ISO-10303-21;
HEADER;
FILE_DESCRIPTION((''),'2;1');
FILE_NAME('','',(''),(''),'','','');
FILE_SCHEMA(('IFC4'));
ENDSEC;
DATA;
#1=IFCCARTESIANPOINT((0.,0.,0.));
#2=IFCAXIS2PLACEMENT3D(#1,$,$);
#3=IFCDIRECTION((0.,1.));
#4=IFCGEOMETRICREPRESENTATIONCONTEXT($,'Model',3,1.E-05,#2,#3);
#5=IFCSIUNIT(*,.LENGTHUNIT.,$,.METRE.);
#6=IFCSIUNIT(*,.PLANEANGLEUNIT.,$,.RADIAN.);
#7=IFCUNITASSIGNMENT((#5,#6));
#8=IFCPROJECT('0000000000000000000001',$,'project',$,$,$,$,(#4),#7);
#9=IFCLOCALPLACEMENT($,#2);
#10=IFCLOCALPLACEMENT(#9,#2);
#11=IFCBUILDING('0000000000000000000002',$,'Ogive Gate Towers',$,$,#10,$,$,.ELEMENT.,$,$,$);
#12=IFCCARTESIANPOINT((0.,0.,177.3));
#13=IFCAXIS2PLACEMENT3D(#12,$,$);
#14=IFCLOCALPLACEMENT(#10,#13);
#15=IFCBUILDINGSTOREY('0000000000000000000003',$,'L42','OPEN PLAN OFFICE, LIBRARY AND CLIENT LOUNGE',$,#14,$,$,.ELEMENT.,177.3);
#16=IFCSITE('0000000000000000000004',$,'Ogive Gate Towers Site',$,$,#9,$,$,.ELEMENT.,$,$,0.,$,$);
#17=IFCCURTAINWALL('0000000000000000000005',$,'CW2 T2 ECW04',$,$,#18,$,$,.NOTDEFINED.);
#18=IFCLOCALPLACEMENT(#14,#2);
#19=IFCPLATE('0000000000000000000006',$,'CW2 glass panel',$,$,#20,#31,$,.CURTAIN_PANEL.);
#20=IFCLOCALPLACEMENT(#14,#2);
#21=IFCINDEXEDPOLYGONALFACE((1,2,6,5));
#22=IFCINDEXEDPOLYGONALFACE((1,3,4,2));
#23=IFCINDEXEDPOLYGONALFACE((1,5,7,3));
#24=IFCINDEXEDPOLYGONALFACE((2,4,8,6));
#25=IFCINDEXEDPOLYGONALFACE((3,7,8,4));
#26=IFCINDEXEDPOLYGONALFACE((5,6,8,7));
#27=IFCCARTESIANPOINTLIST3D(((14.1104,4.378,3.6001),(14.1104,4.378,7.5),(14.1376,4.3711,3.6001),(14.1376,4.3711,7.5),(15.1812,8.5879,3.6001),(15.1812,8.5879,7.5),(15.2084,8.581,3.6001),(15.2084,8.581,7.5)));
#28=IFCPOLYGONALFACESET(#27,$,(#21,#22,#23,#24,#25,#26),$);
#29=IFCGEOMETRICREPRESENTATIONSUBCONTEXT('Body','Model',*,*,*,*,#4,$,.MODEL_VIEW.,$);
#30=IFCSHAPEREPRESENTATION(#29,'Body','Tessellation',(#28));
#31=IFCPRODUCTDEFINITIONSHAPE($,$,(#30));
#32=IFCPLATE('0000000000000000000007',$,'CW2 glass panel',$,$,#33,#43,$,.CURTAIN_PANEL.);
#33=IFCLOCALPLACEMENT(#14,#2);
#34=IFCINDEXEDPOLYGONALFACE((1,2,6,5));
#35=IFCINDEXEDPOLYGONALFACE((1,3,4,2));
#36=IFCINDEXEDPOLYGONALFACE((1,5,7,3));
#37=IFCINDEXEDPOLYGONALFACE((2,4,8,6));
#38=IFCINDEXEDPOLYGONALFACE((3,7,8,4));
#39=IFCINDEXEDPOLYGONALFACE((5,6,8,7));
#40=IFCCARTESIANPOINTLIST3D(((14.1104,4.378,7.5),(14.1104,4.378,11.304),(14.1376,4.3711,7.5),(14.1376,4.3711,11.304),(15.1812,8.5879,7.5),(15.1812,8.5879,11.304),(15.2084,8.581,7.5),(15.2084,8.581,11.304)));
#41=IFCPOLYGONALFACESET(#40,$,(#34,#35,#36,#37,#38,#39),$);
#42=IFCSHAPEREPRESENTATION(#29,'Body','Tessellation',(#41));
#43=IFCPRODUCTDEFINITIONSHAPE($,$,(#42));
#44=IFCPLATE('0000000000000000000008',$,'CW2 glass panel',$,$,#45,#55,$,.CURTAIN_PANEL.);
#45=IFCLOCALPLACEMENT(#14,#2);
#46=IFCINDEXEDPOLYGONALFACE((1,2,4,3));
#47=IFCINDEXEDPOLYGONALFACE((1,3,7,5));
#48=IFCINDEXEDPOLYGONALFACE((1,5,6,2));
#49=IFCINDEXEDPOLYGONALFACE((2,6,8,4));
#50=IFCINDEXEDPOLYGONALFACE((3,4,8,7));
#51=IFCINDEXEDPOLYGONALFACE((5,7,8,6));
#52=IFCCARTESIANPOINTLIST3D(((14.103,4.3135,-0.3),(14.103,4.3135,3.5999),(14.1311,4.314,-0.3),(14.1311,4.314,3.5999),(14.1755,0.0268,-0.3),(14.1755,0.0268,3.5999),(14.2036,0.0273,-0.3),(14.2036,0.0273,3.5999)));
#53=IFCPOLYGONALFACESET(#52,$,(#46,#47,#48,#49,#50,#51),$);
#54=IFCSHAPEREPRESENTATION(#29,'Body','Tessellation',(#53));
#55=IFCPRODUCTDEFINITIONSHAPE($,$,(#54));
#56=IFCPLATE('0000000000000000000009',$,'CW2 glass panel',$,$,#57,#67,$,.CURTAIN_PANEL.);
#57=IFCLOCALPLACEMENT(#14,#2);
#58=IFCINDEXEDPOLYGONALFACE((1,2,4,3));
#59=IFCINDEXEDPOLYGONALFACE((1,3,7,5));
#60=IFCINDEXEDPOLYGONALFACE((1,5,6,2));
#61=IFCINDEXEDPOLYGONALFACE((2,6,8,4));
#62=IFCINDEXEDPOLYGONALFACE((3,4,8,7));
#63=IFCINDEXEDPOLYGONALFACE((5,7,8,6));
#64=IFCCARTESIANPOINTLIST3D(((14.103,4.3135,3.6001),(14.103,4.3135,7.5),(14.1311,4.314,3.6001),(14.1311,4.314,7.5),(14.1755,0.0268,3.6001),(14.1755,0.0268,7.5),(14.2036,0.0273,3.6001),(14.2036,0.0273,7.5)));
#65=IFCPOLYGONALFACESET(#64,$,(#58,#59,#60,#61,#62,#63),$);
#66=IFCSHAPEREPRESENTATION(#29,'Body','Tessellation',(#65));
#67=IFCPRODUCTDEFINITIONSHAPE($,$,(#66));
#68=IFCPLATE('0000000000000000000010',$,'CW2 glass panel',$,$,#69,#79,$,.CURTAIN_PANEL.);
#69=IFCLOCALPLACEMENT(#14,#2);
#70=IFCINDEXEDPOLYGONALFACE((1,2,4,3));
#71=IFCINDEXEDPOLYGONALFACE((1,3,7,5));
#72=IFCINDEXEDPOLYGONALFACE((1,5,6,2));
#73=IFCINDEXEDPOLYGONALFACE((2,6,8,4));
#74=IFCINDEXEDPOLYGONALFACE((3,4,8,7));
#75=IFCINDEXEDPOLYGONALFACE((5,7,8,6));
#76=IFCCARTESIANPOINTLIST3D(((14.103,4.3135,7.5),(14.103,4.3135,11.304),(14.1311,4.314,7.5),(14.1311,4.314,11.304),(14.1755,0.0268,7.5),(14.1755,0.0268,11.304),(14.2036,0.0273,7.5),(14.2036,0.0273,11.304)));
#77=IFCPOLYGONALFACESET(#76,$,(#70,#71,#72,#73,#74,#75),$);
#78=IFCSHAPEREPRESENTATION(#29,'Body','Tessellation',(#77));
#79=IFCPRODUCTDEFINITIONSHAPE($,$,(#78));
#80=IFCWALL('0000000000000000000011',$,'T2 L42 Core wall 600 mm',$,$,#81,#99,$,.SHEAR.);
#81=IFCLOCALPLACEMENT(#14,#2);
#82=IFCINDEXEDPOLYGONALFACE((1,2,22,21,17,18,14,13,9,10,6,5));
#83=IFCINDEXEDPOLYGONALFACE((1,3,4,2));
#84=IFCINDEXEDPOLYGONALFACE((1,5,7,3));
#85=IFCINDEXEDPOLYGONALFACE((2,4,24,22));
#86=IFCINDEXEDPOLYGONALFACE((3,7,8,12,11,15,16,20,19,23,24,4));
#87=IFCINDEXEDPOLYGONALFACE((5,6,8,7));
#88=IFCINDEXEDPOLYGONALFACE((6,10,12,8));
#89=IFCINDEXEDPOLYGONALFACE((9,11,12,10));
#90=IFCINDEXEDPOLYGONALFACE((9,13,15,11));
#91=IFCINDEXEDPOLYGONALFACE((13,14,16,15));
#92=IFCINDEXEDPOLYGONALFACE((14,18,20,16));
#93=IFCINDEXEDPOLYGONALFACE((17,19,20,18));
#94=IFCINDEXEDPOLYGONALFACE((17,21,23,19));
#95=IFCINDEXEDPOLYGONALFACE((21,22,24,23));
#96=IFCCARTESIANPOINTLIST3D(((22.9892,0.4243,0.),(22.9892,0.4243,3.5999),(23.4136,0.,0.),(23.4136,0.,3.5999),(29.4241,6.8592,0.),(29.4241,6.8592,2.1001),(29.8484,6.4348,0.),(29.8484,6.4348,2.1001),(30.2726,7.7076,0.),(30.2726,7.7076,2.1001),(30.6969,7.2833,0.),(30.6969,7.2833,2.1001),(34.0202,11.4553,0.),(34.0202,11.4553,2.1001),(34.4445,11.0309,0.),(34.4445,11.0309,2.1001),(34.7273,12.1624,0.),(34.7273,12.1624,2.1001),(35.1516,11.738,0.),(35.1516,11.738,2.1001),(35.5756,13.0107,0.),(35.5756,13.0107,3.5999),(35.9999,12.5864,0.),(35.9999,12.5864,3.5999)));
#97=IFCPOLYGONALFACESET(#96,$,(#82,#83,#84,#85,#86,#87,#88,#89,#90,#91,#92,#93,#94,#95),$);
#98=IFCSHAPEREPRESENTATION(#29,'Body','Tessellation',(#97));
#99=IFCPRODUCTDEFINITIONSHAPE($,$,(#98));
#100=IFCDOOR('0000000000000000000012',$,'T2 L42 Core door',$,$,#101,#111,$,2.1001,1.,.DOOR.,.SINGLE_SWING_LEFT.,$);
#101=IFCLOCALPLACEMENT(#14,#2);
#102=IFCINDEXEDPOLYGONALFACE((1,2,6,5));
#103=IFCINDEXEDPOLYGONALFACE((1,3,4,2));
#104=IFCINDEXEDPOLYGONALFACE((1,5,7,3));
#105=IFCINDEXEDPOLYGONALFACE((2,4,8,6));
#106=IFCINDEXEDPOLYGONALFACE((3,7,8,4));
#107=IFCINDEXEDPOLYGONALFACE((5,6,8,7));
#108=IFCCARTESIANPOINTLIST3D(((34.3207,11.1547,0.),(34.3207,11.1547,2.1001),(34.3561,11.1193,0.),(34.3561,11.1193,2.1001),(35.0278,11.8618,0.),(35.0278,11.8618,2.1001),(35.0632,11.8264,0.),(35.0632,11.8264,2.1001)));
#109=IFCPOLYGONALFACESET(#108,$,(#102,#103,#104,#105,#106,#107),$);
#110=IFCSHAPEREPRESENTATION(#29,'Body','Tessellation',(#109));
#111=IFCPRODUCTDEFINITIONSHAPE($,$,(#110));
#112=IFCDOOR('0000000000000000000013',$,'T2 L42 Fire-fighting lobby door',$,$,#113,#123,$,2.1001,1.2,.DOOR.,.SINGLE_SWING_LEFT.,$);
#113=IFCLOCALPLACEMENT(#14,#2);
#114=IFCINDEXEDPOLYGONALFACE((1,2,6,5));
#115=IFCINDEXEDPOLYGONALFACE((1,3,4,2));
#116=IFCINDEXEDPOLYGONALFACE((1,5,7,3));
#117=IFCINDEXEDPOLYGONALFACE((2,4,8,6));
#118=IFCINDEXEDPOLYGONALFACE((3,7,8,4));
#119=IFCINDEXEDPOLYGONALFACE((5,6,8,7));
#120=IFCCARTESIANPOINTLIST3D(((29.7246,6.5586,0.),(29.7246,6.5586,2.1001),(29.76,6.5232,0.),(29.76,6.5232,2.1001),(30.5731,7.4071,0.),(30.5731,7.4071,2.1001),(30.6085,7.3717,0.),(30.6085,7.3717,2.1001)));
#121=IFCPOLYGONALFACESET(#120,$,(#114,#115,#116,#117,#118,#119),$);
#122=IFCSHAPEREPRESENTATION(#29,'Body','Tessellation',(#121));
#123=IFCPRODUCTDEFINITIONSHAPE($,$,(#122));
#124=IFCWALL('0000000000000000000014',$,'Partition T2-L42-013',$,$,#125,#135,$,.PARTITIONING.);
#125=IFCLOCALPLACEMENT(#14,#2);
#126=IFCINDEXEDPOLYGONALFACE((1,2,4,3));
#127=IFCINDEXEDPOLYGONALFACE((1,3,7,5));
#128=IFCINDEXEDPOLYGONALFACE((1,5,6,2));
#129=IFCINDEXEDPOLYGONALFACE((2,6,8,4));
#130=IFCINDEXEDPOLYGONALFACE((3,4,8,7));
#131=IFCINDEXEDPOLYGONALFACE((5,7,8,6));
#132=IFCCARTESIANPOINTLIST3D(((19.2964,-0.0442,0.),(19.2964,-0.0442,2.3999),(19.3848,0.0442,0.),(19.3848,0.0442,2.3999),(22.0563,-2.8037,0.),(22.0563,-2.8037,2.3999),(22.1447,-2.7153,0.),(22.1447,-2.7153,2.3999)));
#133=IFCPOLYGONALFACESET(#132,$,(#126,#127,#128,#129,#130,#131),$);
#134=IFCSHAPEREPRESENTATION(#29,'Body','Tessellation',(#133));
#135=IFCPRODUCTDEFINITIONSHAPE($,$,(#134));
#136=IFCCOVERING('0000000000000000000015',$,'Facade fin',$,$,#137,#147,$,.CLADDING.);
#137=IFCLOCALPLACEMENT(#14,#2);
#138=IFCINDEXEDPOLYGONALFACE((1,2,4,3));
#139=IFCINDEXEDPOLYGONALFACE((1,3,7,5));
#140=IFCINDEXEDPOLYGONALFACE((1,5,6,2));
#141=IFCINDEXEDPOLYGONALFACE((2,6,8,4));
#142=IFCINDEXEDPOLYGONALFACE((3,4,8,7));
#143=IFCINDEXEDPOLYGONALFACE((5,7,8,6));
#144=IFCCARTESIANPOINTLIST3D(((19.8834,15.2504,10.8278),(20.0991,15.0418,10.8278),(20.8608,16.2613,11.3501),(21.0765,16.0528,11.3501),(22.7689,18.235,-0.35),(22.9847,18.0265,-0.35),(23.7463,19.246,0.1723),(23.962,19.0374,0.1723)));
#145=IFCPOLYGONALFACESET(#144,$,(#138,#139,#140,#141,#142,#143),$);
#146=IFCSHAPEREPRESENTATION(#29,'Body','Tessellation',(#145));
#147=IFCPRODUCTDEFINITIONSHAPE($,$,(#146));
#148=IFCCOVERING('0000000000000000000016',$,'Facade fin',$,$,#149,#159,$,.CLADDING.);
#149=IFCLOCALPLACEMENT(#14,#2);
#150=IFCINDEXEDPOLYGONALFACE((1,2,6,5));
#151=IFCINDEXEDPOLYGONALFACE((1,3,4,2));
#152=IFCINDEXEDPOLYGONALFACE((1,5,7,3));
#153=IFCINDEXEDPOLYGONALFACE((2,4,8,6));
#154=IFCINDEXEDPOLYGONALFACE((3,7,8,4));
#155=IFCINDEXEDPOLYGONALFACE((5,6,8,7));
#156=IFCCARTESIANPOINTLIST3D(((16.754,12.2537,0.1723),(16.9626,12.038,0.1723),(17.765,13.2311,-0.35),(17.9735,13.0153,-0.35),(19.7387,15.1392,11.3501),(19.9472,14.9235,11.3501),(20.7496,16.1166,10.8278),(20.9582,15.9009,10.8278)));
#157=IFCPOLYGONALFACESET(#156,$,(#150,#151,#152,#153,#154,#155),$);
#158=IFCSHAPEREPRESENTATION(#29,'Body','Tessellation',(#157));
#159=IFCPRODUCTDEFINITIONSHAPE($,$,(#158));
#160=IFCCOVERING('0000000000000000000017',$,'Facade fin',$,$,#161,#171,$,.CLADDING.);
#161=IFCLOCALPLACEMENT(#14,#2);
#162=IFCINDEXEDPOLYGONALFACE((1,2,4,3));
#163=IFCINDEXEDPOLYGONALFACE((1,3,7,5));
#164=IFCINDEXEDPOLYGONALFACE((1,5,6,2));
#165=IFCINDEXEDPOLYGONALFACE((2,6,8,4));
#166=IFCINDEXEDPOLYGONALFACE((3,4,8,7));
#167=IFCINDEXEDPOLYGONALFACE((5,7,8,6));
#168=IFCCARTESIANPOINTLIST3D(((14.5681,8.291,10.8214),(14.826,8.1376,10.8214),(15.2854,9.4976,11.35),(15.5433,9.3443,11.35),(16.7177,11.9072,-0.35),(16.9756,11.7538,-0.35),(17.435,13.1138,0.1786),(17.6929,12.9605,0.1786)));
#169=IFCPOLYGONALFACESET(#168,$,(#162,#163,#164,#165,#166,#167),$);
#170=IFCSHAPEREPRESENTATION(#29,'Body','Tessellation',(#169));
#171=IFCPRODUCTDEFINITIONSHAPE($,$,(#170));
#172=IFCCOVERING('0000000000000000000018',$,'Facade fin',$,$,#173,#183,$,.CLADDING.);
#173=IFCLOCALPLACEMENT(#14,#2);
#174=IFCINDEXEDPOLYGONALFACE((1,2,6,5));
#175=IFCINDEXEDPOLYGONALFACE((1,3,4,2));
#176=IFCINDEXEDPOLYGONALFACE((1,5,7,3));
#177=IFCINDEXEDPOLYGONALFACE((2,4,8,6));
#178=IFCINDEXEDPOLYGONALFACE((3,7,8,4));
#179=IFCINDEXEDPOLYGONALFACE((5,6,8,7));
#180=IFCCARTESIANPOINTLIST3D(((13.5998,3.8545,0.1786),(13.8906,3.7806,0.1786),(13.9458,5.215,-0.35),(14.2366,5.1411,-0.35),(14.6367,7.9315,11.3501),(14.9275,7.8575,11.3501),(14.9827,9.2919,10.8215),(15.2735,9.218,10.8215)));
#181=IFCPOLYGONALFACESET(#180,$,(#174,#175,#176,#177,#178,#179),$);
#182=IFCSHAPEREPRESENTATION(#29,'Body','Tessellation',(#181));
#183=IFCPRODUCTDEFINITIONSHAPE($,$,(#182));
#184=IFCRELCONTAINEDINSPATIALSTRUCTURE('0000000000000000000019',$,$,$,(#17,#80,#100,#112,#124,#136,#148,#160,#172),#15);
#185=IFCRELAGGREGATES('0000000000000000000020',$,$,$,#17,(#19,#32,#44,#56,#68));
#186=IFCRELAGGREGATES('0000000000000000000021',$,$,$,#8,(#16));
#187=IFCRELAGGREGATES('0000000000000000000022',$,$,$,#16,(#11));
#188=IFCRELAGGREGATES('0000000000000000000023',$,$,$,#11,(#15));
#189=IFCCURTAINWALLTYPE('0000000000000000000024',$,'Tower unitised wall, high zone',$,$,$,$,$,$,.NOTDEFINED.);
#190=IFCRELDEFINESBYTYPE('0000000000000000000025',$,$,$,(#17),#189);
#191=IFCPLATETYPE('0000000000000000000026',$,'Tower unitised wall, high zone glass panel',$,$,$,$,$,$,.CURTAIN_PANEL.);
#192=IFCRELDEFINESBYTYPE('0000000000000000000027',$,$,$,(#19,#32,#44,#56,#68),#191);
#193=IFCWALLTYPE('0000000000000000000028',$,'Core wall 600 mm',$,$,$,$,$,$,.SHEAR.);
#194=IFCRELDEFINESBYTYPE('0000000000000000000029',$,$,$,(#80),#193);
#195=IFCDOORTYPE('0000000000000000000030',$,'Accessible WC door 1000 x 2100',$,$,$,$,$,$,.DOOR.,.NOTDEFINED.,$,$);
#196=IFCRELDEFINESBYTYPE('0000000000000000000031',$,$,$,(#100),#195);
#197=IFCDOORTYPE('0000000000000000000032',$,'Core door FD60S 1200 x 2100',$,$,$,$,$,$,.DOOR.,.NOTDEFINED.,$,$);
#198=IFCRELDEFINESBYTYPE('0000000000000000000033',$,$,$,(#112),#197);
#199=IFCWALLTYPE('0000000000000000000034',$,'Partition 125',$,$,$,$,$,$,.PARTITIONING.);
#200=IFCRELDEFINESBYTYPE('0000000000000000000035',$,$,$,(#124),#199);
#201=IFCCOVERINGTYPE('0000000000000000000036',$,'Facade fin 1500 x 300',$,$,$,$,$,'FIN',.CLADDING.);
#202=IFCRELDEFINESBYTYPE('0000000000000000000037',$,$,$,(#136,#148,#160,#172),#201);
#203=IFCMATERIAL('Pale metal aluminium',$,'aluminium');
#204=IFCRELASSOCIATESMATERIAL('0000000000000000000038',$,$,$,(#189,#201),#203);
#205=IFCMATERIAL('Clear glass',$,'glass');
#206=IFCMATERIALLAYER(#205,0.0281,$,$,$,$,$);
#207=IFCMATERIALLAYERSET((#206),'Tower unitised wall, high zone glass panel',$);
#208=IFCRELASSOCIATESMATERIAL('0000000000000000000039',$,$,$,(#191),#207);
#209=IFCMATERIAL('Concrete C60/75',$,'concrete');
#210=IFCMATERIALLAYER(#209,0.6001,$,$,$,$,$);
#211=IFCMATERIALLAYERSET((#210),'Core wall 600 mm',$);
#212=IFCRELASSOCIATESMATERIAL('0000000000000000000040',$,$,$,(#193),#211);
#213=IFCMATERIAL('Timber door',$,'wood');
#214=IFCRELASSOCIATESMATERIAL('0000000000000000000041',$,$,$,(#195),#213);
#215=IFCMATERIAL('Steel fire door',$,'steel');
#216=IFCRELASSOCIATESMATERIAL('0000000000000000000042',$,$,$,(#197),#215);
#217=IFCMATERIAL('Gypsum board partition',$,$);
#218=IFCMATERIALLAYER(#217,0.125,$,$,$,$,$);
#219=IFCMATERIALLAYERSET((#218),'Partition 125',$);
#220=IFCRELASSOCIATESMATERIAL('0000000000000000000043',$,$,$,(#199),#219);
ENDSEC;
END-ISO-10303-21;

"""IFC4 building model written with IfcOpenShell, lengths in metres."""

from ifc_helpers import new_model, si_unit, direction, frame, frame_2d, origin, origin_2d, place, context, subcontext, project, spatial, rectangle, extrude, material, layer, layer_set, material_profile, profile_set, type_object, element, fill, aggregate, save


model = new_model("IFC4")

# Units and contexts
model_context = context("Model", 3, precision=1e-05, world=origin(), true_north=direction((0.0, 1.0)))
body_context = subcontext(model_context, "Body", "Model", "MODEL_VIEW")
ifc_project = project(units=[si_unit("LENGTHUNIT", "METRE"), si_unit("PLANEANGLEUNIT", "RADIAN")], contexts=[model_context])

# Site, building, storey
site_placement = place(None, origin())
site = spatial("IfcSite", under=ifc_project, at=site_placement, Name="Ogive Gate Towers Site", CompositionType="ELEMENT", RefElevation=0.0)
building_placement = place(site_placement, origin())
building = spatial("IfcBuilding", under=site, at=building_placement, Name="Ogive Gate Towers", CompositionType="ELEMENT")
storey_placement = place(building_placement, frame((0.0, 0.0, 177.3)))
storey = spatial("IfcBuildingStorey", under=building, at=storey_placement, Name="L42", Description="OPEN PLAN OFFICE, LIBRARY AND CLIENT LOUNGE", CompositionType="ELEMENT", Elevation=177.3)

# Shared definitions
ifc_material_1 = material(Name="Pale metal aluminium", Category="aluminium")
curtain_wall_type = type_object("IfcCurtainWallType", Name="Tower unitised wall, high zone", PredefinedType="NOTDEFINED", material=ifc_material_1)

# Curtain wall
curtain_wall_1_placement = place(storey_placement, origin())
curtain_wall_1 = element("IfcCurtainWall", 1, at=curtain_wall_1_placement, inside=storey, type_object=curtain_wall_type, Name="CW2 T2 ECW04", PredefinedType="NOTDEFINED")

# Plates
ifc_material_2 = material(Name="Clear glass", Category="glass")
ifc_layer_1 = layer(ifc_material_2, 0.0281)
ifc_layer_set_1 = layer_set([ifc_layer_1], Name="Tower unitised wall, high zone glass panel")
plate_type = type_object("IfcPlateType", Name="Tower unitised wall, high zone glass panel", PredefinedType="CURTAIN_PANEL", material=ifc_layer_set_1)
plate_1_placement = place(storey_placement, frame((14.6594, 6.4795, 3.6001), z_axis=(0.0, 0.0, 1.0), x_axis=(-0.246492, -0.969145, 0.0)))
plate_1 = element("IfcPlate", 2, at=plate_1_placement, type_object=plate_type, Name="CW2 glass panel", PredefinedType="CURTAIN_PANEL", context=body_context, shape_type="SweptSolid", body=[
    extrude(rectangle(XDim=4.344, YDim=0.0281, at=origin_2d()), origin(), (0.0, 0.0, 1.0), 3.8999),
])
plate_2_placement = place(storey_placement, frame((14.6594, 6.4795, 7.5), z_axis=(0.0, 0.0, 1.0), x_axis=(-0.246492, -0.969145, 0.0)))
plate_2 = element("IfcPlate", 3, at=plate_2_placement, type_object=plate_type, Name="CW2 glass panel", PredefinedType="CURTAIN_PANEL", context=body_context, shape_type="SweptSolid", body=[
    extrude(rectangle(XDim=4.344, YDim=0.0281, at=origin_2d()), origin(), (0.0, 0.0, 1.0), 3.804),
])
plate_3_placement = place(storey_placement, frame((14.1533, 2.1704, -0.3), z_axis=(0.0, 0.0, 1.0), x_axis=(0.016911, -0.999857, 0.0)))
plate_3 = element("IfcPlate", 4, at=plate_3_placement, type_object=plate_type, Name="CW2 glass panel", PredefinedType="CURTAIN_PANEL", context=body_context, shape_type="SweptSolid", body=[
    extrude(rectangle(XDim=4.2874, YDim=0.0281, at=origin_2d()), origin(), (0.0, 0.0, 1.0), 3.8999),
])
plate_4_placement = place(storey_placement, frame((14.1533, 2.1704, 3.6001), z_axis=(0.0, 0.0, 1.0), x_axis=(0.016911, -0.999857, 0.0)))
plate_4 = element("IfcPlate", 5, at=plate_4_placement, type_object=plate_type, Name="CW2 glass panel", PredefinedType="CURTAIN_PANEL", context=body_context, shape_type="SweptSolid", body=[
    extrude(rectangle(XDim=4.2874, YDim=0.0281, at=origin_2d()), origin(), (0.0, 0.0, 1.0), 3.8999),
])
plate_5_placement = place(storey_placement, frame((14.1533, 2.1704, 7.5), z_axis=(0.0, 0.0, 1.0), x_axis=(0.016911, -0.999857, 0.0)))
plate_5 = element("IfcPlate", 6, at=plate_5_placement, type_object=plate_type, Name="CW2 glass panel", PredefinedType="CURTAIN_PANEL", context=body_context, shape_type="SweptSolid", body=[
    extrude(rectangle(XDim=4.2874, YDim=0.0281, at=origin_2d()), origin(), (0.0, 0.0, 1.0), 3.804),
])
aggregate(curtain_wall_1, [plate_1, plate_2, plate_3, plate_4, plate_5])

# Wall, openings, doors
ifc_material_3 = material(Name="Concrete C60/75", Category="concrete")
ifc_layer_2 = layer(ifc_material_3, 0.6001)
ifc_layer_set_2 = layer_set([ifc_layer_2], Name="Core wall 600 mm")
wall_type_1 = type_object("IfcWallType", Name="Core wall 600 mm", PredefinedType="SHEAR", material=ifc_layer_set_2)
wall_1_placement = place(storey_placement, frame((23.2014, 0.2122, 0.0), z_axis=(0.0, 0.0, 1.0), x_axis=(0.707107, 0.707107, 0.0)))
wall_1 = element("IfcWall", 7, at=wall_1_placement, inside=storey, type_object=wall_type_1, Name="T2 L42 Core wall 600 mm", PredefinedType="SHEAR", context=body_context, shape_type="SweptSolid", body=[
    extrude(rectangle(XDim=17.7998, YDim=0.6001, at=frame_2d((8.8999, 0.0))), origin(), (0.0, 0.0, 1.0), 3.5999),
])
opening_1_placement = place(wall_1_placement, frame((9.1001, 0.0, 0.0)))
opening_1 = element("IfcOpeningElement", 8, at=opening_1_placement, cuts=wall_1, PredefinedType="OPENING", context=body_context, shape_type="SweptSolid", body=[
    extrude(rectangle(XDim=1.2, YDim=2.1001, at=frame_2d((0.6001, 1.05))), frame((0.0, 0.3101, 0.0), z_axis=(0.0, -1.0, 0.0), x_axis=(1.0, 0.0, 0.0)), (0.0, 0.0, 1.0), 0.6201),
])
opening_2_placement = place(wall_1_placement, frame((15.6001, 0.0, 0.0)))
opening_2 = element("IfcOpeningElement", 9, at=opening_2_placement, cuts=wall_1, PredefinedType="OPENING", context=body_context, shape_type="SweptSolid", body=[
    extrude(rectangle(XDim=1.0, YDim=2.1001, at=frame_2d((0.5, 1.05))), frame((0.0, 0.3101, 0.0), z_axis=(0.0, -1.0, 0.0), x_axis=(1.0, 0.0, 0.0)), (0.0, 0.0, 1.0), 0.6201),
])
ifc_material_4 = material(Name="Timber door", Category="wood")
door_type_1 = type_object("IfcDoorType", Name="Accessible WC door 1000 x 2100", OperationType="NOTDEFINED", PredefinedType="DOOR", material=ifc_material_4)
door_1_placement = place(opening_2_placement, origin())
door_1 = element("IfcDoor", 10, at=door_1_placement, inside=storey, type_object=door_type_1, Name="T2 L42 Core door", OperationType="SINGLE_SWING_LEFT", OverallHeight=2.1001, OverallWidth=1.0, PredefinedType="DOOR", context=body_context, shape_type="SweptSolid", body=[
    extrude(rectangle(XDim=1.0, YDim=2.1001, at=frame_2d((0.5, 1.05))), frame((0.0, -0.125, 0.0), z_axis=(0.0, -1.0, 0.0), x_axis=(1.0, 0.0, 0.0)), (0.0, 0.0, 1.0), 0.05),
])
fill(opening_2, door_1)
ifc_material_5 = material(Name="Steel fire door", Category="steel")
door_type_2 = type_object("IfcDoorType", Name="Core door FD60S 1200 x 2100", OperationType="NOTDEFINED", PredefinedType="DOOR", material=ifc_material_5)
door_2_placement = place(opening_1_placement, origin())
door_2 = element("IfcDoor", 11, at=door_2_placement, inside=storey, type_object=door_type_2, Name="T2 L42 Fire-fighting lobby door", OperationType="SINGLE_SWING_LEFT", OverallHeight=2.1001, OverallWidth=1.2, PredefinedType="DOOR", context=body_context, shape_type="SweptSolid", body=[
    extrude(rectangle(XDim=1.2, YDim=2.1001, at=frame_2d((0.6001, 1.05))), frame((0.0, -0.125, 0.0), z_axis=(0.0, -1.0, 0.0), x_axis=(1.0, 0.0, 0.0)), (0.0, 0.0, 1.0), 0.05),
])
fill(opening_1, door_2)

# Wall
ifc_material_6 = material(Name="Gypsum board partition")
ifc_layer_3 = layer(ifc_material_6, 0.125)
ifc_layer_set_3 = layer_set([ifc_layer_3], Name="Partition 125")
wall_type_2 = type_object("IfcWallType", Name="Partition 125", PredefinedType="PARTITIONING", material=ifc_layer_set_3)
wall_2_placement = place(storey_placement, frame((19.3406, 0.0, 0.0), z_axis=(0.0, 0.0, 1.0), x_axis=(0.707169, -0.707044, 0.0)))
element("IfcWall", 12, at=wall_2_placement, inside=storey, type_object=wall_type_2, Name="Partition T2-L42-013", PredefinedType="PARTITIONING", context=body_context, shape_type="SweptSolid", body=[
    extrude(rectangle(XDim=3.9028, YDim=0.125, at=frame_2d((1.9514, 0.0))), origin(), (0.0, 0.0, 1.0), 2.3999),
])

# Coverings
ifc_material_profile_1 = material_profile(ifc_material_1, rectangle(XDim=0.3, YDim=1.5, at=origin_2d()), Name="1500 x 300 pale metal aluminium")
ifc_profile_set_1 = profile_set([ifc_material_profile_1], Name="Pale metal aluminium")
covering_type = type_object("IfcCoveringType", Name="Facade fin 1500 x 300", ElementType="FIN", PredefinedType="CLADDING", material=ifc_profile_set_1)
for number, where, z_axis, x_axis, name in (
    (13, (23.3655, 18.6362, -0.0889), (-0.241996, -0.250309, 0.937435), (0.718944, -0.695068, 0.0), "Facade fin"),
    (14, (17.3638, 12.6345, -0.0889), (0.250309, 0.241996, 0.937435), (-0.695068, 0.718944, 0.0), "Facade fin"),
):
    element("IfcCovering", number, at=place(storey_placement, frame(where, z_axis=z_axis, x_axis=x_axis)), inside=storey, type_object=covering_type, Name=name, PredefinedType="CLADDING", context=body_context, shape_type="SweptSolid", body=[
        extrude(rectangle(XDim=0.3, YDim=1.5, at=origin_2d()), origin(), (0.0, 0.0, 1.0), 11.9238),
    ])
for number, where, z_axis, x_axis, name in (
    (15, (17.2053, 12.4338, -0.0857), (-0.18008, -0.302935, 0.935843), (0.85959, -0.510984, 0.0), "Facade fin"),
    (16, (13.9182, 4.4978, -0.0857), (0.08686, 0.34153, 0.935849), (-0.969148, 0.24648, 0.0), "Facade fin"),
):
    element("IfcCovering", number, at=place(storey_placement, frame(where, z_axis=z_axis, x_axis=x_axis)), inside=storey, type_object=covering_type, Name=name, PredefinedType="CLADDING", context=body_context, shape_type="SweptSolid", body=[
        extrude(rectangle(XDim=0.3, YDim=1.5, at=origin_2d()), origin(), (0.0, 0.0, 1.0), 11.9373),
    ])

save(model, "model.ifc")
